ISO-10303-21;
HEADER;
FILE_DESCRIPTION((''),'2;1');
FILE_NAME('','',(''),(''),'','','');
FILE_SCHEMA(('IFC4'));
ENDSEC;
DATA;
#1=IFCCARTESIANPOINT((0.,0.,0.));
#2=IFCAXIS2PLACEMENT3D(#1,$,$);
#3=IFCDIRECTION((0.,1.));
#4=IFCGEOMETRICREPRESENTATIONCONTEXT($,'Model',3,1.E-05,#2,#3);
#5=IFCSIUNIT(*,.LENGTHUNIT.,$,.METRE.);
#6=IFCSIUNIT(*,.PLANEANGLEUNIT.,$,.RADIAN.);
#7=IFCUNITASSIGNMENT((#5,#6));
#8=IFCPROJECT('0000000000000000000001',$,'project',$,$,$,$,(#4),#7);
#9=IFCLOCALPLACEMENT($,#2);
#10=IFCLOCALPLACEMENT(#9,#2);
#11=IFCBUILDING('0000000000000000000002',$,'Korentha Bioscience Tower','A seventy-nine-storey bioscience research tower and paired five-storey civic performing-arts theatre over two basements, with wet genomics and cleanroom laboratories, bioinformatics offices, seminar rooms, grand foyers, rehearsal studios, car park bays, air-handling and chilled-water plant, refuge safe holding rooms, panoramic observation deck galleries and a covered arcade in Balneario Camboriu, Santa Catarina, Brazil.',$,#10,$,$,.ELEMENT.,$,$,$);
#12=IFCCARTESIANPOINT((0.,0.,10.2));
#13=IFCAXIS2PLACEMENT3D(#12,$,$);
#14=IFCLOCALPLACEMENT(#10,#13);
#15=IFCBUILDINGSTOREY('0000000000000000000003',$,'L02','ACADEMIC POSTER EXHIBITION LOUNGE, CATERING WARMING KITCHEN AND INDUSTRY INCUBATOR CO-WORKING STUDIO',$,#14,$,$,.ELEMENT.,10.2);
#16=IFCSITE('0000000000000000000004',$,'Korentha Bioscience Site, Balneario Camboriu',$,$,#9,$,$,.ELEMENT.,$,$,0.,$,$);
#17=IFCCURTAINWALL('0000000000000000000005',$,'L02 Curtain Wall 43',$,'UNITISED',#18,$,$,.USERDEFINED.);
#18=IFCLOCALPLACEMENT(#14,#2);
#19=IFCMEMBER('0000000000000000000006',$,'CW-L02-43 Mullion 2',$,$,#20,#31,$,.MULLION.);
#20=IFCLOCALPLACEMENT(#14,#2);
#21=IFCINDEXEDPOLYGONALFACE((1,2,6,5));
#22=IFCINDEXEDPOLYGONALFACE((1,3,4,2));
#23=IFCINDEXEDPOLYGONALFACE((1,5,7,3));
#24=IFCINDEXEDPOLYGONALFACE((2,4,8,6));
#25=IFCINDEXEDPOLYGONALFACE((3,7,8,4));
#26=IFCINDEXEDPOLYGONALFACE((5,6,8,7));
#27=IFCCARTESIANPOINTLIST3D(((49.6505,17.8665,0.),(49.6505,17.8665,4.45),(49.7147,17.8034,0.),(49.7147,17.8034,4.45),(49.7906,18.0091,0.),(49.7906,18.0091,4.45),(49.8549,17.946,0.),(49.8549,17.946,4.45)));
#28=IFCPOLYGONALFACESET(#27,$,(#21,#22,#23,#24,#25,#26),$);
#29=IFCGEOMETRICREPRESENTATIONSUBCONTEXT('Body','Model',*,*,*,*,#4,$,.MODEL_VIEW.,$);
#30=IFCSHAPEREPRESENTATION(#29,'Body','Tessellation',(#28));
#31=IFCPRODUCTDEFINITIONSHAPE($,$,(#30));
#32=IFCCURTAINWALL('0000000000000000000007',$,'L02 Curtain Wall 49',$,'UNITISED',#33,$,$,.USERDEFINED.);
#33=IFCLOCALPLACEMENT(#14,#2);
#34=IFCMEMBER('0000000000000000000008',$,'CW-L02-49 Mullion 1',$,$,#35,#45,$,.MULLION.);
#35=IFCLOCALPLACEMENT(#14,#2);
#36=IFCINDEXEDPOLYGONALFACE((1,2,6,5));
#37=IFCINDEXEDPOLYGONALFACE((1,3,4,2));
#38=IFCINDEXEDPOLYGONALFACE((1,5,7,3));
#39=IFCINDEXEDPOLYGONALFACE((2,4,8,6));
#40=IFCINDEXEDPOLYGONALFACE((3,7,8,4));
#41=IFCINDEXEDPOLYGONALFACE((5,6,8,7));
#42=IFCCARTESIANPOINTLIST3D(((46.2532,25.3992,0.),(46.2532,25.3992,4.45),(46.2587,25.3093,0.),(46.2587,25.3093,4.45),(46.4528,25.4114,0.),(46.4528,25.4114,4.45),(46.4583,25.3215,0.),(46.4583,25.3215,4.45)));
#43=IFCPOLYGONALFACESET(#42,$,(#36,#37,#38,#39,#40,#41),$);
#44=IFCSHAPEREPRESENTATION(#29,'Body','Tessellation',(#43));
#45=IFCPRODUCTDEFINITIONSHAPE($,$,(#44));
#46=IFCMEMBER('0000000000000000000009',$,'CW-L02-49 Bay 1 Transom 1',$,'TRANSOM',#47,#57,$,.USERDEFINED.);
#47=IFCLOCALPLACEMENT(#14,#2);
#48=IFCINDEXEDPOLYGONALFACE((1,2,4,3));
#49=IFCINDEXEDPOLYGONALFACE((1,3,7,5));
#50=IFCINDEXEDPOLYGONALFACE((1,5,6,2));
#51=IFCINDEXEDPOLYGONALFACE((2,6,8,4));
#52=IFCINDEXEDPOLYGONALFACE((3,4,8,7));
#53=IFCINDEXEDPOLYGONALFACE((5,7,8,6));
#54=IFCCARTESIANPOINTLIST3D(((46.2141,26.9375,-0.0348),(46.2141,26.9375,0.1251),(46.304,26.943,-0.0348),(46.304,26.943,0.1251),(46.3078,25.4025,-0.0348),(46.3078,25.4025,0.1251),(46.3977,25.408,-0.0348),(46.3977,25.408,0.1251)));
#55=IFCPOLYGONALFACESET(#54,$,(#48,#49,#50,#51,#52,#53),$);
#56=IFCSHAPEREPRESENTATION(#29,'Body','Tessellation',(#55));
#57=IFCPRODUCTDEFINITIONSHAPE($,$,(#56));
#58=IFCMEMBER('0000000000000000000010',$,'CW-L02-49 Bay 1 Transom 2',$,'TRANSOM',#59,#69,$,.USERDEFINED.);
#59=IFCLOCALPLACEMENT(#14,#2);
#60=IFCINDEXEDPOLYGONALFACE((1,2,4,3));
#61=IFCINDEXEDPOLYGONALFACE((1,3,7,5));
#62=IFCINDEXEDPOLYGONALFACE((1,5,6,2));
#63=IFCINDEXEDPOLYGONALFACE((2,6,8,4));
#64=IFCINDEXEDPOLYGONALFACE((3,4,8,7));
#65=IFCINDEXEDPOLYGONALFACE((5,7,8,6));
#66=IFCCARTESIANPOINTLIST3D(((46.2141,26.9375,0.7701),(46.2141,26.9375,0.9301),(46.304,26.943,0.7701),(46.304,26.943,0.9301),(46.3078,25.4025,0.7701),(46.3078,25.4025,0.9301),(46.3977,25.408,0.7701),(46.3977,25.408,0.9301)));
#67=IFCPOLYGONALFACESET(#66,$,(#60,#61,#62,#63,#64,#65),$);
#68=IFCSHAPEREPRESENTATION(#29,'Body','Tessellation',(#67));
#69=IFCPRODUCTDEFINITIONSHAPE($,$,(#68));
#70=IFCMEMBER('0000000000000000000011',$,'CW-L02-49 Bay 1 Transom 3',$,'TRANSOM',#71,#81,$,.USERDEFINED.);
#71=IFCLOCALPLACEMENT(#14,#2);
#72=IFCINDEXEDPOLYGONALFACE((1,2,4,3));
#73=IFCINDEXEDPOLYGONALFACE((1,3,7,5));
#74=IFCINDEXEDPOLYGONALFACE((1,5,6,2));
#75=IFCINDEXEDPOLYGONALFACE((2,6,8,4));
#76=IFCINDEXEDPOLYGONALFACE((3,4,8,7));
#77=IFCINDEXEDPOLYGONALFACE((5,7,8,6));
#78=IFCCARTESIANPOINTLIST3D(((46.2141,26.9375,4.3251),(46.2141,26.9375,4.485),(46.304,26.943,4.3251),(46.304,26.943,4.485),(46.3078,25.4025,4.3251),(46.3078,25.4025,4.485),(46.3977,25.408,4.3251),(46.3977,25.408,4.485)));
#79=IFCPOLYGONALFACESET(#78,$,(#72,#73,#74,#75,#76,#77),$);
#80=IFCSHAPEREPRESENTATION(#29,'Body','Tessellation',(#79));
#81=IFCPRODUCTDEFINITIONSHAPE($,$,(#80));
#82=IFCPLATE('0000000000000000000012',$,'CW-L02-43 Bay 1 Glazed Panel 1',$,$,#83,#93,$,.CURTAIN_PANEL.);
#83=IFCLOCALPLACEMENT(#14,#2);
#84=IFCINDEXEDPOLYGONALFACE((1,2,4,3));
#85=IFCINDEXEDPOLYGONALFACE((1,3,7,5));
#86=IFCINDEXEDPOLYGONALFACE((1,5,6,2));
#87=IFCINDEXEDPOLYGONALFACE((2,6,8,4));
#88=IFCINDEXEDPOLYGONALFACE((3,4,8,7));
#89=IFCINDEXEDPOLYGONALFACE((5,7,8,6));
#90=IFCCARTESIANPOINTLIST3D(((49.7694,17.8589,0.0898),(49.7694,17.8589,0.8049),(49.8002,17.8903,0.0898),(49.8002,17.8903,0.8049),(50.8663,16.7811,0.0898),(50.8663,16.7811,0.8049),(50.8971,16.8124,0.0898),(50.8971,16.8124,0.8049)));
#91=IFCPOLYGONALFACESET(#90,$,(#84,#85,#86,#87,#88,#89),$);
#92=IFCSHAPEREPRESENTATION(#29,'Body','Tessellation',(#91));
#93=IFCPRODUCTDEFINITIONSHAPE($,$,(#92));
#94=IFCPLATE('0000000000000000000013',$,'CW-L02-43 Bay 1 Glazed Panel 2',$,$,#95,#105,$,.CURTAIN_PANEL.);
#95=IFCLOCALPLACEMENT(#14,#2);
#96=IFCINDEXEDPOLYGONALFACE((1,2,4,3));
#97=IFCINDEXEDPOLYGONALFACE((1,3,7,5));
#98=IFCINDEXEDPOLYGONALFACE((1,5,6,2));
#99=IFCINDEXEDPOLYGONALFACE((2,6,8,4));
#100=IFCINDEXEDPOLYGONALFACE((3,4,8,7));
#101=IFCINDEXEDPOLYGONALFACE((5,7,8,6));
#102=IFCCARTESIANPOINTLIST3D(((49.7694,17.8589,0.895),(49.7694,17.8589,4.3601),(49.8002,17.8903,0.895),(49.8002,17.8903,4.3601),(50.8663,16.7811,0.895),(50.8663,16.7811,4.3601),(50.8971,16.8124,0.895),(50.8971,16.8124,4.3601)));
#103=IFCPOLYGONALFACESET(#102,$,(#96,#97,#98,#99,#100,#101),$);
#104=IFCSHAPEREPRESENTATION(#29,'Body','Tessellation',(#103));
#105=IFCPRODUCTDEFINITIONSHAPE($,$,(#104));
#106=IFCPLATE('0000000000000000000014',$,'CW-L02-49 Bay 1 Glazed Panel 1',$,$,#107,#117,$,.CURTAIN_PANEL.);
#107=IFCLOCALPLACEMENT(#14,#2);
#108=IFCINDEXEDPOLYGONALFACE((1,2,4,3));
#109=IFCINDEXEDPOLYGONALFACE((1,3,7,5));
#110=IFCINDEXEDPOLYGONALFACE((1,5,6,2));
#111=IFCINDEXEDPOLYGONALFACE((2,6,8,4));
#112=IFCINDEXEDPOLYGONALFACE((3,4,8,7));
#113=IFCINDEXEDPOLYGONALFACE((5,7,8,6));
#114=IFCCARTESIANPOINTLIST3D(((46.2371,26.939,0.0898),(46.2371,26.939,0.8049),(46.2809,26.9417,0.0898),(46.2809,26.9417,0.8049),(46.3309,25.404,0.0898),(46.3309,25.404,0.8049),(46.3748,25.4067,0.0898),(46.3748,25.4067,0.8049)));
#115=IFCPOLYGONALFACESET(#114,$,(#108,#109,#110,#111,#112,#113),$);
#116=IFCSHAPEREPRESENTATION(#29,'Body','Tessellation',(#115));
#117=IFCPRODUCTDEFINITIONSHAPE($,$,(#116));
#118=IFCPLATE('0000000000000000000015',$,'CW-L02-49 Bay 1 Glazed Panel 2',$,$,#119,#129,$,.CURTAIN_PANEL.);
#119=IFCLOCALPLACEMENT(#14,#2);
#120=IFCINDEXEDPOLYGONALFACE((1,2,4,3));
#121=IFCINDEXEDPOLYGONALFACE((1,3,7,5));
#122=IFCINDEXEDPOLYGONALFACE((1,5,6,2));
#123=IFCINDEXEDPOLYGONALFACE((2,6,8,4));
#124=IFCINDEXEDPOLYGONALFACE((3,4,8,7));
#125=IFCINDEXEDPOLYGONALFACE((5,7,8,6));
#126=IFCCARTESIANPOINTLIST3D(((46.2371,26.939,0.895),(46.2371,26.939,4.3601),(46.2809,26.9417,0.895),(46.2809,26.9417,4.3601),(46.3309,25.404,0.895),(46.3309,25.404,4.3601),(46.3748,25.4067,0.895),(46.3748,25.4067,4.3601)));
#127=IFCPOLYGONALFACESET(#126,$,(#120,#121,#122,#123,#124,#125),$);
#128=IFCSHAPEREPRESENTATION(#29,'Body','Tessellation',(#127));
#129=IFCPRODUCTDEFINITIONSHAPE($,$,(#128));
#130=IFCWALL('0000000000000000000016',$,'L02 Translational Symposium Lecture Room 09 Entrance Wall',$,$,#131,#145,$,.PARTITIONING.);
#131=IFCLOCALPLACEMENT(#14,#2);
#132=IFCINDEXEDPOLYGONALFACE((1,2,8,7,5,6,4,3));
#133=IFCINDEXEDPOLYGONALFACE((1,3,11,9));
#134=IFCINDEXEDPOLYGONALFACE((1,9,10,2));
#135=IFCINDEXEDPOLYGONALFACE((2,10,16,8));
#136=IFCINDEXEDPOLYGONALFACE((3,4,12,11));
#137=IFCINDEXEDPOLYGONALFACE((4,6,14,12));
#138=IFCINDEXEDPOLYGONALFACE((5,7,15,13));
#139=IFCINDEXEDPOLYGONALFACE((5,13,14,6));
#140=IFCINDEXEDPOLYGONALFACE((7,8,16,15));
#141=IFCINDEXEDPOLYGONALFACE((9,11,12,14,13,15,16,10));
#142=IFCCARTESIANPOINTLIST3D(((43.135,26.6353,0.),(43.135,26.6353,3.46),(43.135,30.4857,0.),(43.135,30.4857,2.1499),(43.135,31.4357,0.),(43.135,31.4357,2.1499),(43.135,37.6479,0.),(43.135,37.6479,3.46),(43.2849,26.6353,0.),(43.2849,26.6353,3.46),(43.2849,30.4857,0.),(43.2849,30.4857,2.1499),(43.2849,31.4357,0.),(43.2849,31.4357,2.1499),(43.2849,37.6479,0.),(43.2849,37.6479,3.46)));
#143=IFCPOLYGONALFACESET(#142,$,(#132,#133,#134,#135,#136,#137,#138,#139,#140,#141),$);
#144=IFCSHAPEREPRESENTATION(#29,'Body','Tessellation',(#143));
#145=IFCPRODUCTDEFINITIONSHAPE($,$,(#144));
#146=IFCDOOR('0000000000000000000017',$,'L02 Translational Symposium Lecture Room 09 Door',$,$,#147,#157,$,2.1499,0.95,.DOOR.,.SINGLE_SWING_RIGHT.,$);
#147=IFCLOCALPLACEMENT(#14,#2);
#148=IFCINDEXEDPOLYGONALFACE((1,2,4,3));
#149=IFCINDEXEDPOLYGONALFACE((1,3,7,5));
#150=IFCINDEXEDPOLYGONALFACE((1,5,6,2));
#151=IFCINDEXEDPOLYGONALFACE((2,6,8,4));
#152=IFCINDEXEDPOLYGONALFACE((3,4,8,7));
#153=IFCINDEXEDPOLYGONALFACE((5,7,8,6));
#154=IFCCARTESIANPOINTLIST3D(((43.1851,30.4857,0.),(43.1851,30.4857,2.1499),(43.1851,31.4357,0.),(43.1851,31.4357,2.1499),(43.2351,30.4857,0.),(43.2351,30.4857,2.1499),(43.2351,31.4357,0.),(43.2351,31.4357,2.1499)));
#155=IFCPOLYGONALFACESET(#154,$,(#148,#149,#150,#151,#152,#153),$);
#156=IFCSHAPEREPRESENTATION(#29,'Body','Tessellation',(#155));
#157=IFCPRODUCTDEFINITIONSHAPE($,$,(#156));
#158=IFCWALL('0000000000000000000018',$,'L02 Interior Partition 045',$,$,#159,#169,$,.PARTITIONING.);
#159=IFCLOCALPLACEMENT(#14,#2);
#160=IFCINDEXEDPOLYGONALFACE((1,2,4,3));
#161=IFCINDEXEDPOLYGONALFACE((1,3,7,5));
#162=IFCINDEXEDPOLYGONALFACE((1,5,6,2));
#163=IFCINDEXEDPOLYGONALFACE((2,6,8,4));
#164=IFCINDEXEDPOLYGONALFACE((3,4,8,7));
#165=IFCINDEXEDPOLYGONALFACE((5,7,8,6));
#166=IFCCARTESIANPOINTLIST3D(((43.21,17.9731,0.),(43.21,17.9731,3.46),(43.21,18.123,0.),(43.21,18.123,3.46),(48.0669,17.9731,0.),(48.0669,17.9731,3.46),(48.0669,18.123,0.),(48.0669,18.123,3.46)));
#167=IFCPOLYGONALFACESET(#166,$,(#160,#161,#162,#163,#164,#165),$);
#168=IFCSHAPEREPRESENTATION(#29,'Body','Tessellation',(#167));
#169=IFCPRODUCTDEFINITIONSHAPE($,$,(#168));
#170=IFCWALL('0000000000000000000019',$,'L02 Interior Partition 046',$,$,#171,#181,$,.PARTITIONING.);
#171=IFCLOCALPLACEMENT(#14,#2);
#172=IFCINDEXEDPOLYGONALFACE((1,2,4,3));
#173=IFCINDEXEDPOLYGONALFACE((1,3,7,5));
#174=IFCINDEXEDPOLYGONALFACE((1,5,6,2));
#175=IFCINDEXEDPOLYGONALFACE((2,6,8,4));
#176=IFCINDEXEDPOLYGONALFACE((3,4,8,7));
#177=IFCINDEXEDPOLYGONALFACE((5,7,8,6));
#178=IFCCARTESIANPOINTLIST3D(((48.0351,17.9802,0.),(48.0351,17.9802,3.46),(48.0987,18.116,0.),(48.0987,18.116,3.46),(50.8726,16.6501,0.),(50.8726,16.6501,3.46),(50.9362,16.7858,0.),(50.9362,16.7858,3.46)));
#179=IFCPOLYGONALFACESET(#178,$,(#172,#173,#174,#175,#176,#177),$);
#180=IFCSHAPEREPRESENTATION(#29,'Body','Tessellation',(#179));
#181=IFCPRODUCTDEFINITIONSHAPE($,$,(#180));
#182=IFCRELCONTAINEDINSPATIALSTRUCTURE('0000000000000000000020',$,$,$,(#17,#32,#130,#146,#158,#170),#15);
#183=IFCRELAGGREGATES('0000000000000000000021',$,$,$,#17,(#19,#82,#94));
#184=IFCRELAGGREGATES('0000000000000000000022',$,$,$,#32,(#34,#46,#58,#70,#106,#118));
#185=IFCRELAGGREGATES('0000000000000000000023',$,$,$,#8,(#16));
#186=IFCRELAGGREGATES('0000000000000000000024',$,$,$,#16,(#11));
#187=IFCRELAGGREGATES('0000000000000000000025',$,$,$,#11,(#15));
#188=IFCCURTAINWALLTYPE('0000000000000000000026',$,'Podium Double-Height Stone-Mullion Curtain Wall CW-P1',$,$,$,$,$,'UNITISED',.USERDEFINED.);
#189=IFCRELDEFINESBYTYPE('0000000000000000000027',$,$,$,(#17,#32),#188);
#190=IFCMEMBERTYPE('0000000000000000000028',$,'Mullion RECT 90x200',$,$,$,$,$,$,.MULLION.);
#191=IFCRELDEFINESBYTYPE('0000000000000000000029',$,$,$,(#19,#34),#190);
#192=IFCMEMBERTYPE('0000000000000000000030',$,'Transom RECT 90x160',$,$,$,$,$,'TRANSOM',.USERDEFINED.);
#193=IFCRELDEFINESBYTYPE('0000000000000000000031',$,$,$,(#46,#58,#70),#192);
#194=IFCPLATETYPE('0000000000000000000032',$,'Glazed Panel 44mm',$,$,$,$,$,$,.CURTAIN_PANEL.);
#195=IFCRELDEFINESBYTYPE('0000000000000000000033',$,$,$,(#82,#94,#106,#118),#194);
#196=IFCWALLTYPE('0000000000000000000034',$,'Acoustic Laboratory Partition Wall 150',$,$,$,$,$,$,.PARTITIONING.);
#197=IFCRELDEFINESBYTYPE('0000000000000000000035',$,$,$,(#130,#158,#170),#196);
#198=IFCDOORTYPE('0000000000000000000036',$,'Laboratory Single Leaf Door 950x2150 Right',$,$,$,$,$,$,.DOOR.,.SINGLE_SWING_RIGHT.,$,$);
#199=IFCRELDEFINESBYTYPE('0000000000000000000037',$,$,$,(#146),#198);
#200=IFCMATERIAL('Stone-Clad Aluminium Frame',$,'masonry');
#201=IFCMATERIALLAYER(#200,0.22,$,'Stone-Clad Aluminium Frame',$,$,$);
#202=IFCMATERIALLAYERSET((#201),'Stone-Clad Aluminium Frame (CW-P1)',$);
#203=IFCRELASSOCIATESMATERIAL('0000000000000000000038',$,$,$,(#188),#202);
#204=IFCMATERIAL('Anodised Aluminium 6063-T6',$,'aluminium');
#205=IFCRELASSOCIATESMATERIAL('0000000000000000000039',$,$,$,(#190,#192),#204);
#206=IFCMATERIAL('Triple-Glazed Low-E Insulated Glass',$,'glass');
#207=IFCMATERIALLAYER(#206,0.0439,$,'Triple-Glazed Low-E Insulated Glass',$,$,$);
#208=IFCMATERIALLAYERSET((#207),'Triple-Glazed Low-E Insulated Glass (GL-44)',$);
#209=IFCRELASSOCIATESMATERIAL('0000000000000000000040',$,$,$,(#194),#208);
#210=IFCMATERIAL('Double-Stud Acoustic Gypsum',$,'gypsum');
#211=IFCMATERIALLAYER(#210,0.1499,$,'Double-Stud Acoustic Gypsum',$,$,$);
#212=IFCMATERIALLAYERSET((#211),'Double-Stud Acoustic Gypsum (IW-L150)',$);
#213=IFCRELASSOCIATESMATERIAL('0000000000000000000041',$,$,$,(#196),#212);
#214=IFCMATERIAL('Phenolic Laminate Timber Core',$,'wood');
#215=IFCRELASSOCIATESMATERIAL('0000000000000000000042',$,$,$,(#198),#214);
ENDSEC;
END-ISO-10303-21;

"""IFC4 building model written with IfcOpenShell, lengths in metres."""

from ifc_helpers import new_model, si_unit, direction, frame, frame_2d, origin, origin_2d, place, context, subcontext, project, spatial, rectangle, extrude, material, layer, layer_set, material_profile, profile_set, type_object, element, fill, aggregate, save


model = new_model("IFC4")

# Units and contexts
model_context = context("Model", 3, precision=1e-05, world=origin(), true_north=direction((0.0, 1.0)))
body_context = subcontext(model_context, "Body", "Model", "MODEL_VIEW")
ifc_project = project(units=[si_unit("LENGTHUNIT", "METRE"), si_unit("PLANEANGLEUNIT", "RADIAN")], contexts=[model_context])

# Site, building, storey
site_placement = place(None, origin())
site = spatial("IfcSite", under=ifc_project, at=site_placement, Name="Korentha Bioscience Site, Balneario Camboriu", CompositionType="ELEMENT", RefElevation=0.0)
building_placement = place(site_placement, origin())
building = spatial("IfcBuilding", under=site, at=building_placement, Name="Korentha Bioscience Tower", Description="A seventy-nine-storey bioscience research tower and paired five-storey civic performing-arts theatre over two basements, with wet genomics and cleanroom laboratories, bioinformatics offices, seminar rooms, grand foyers, rehearsal studios, car park bays, air-handling and chilled-water plant, refuge safe holding rooms, panoramic observation deck galleries and a covered arcade in Balneario Camboriu, Santa Catarina, Brazil.", CompositionType="ELEMENT")
storey_placement = place(building_placement, frame((0.0, 0.0, 10.2)))
storey = spatial("IfcBuildingStorey", under=building, at=storey_placement, Name="L02", Description="ACADEMIC POSTER EXHIBITION LOUNGE, CATERING WARMING KITCHEN AND INDUSTRY INCUBATOR CO-WORKING STUDIO", CompositionType="ELEMENT", Elevation=10.2)

# Curtain wall, member
ifc_material_1 = material(Name="Stone-Clad Aluminium Frame", Category="masonry")
ifc_layer_1 = layer(ifc_material_1, 0.22, Name="Stone-Clad Aluminium Frame")
ifc_layer_set_1 = layer_set([ifc_layer_1], Name="Stone-Clad Aluminium Frame (CW-P1)")
curtain_wall_type = type_object("IfcCurtainWallType", Name="Podium Double-Height Stone-Mullion Curtain Wall CW-P1", ElementType="UNITISED", PredefinedType="USERDEFINED", material=ifc_layer_set_1)
curtain_wall_1_placement = place(storey_placement, origin())
curtain_wall_1 = element("IfcCurtainWall", 1, at=curtain_wall_1_placement, inside=storey, type_object=curtain_wall_type, Name="L02 Curtain Wall 43", ObjectType="UNITISED", PredefinedType="USERDEFINED")
ifc_material_2 = material(Name="Anodised Aluminium 6063-T6", Category="aluminium")
ifc_material_profile_1 = material_profile(ifc_material_2, rectangle(XDim=0.0901, YDim=0.2, at=origin_2d()), Name="Anodised Aluminium 6063-T6")
ifc_profile_set_1 = profile_set([ifc_material_profile_1], Name="Anodised Aluminium 6063-T6 (CW-MUL)")
member_type_1 = type_object("IfcMemberType", Name="Mullion RECT 90x200", PredefinedType="MULLION", material=ifc_profile_set_1)
member_1_placement = place(storey_placement, frame((49.7527, 17.9062, 0.0), z_axis=(0.0, 0.0, 1.0), x_axis=(-0.713279, 0.70088, 0.0)))
member_1 = element("IfcMember", 2, at=member_1_placement, type_object=member_type_1, Name="CW-L02-43 Mullion 2", PredefinedType="MULLION", context=body_context, shape_type="SweptSolid", body=[
    extrude(rectangle(XDim=0.0901, YDim=0.2, at=origin_2d()), origin(), (0.0, 0.0, 1.0), 4.45),
])

# Curtain wall, members
curtain_wall_2_placement = place(storey_placement, origin())
curtain_wall_2 = element("IfcCurtainWall", 3, at=curtain_wall_2_placement, inside=storey, type_object=curtain_wall_type, Name="L02 Curtain Wall 49", ObjectType="UNITISED", PredefinedType="USERDEFINED")
member_2_placement = place(storey_placement, frame((46.3557, 25.3604, 0.0), z_axis=(0.0, 0.0, 1.0), x_axis=(-0.061008, 0.998137, 0.0)))
member_2 = element("IfcMember", 4, at=member_2_placement, type_object=member_type_1, Name="CW-L02-49 Mullion 1", PredefinedType="MULLION", context=body_context, shape_type="SweptSolid", body=[
    extrude(rectangle(XDim=0.0901, YDim=0.2, at=origin_2d()), origin(), (0.0, 0.0, 1.0), 4.45),
])
ifc_material_profile_2 = material_profile(ifc_material_2, rectangle(XDim=0.0901, YDim=0.1599, at=origin_2d()), Name="Anodised Aluminium 6063-T6")
ifc_profile_set_2 = profile_set([ifc_material_profile_2], Name="Anodised Aluminium 6063-T6 (CW-TRN)")
member_type_2 = type_object("IfcMemberType", Name="Transom RECT 90x160", ElementType="TRANSOM", PredefinedType="USERDEFINED", material=ifc_profile_set_2)
member_3_placement = place(storey_placement, frame((46.3528, 25.4053, 0.0452), z_axis=(-0.060965, 0.99814, 0.0), x_axis=(-0.99814, -0.060965, 0.0)))
member_3 = element("IfcMember", 5, at=member_3_placement, type_object=member_type_2, Name="CW-L02-49 Bay 1 Transom 1", ObjectType="TRANSOM", PredefinedType="USERDEFINED", context=body_context, shape_type="SweptSolid", body=[
    extrude(rectangle(XDim=0.0901, YDim=0.1599, at=origin_2d()), origin(), (0.0, 0.0, 1.0), 1.5378),
])
member_4_placement = place(storey_placement, frame((46.3528, 25.4053, 0.8501), z_axis=(-0.060965, 0.99814, 0.0), x_axis=(-0.99814, -0.060965, 0.0)))
member_4 = element("IfcMember", 6, at=member_4_placement, type_object=member_type_2, Name="CW-L02-49 Bay 1 Transom 2", ObjectType="TRANSOM", PredefinedType="USERDEFINED", context=body_context, shape_type="SweptSolid", body=[
    extrude(rectangle(XDim=0.0901, YDim=0.1599, at=origin_2d()), origin(), (0.0, 0.0, 1.0), 1.5378),
])
member_5_placement = place(storey_placement, frame((46.3528, 25.4053, 4.405), z_axis=(-0.060965, 0.99814, 0.0), x_axis=(-0.99814, -0.060965, 0.0)))
member_5 = element("IfcMember", 7, at=member_5_placement, type_object=member_type_2, Name="CW-L02-49 Bay 1 Transom 3", ObjectType="TRANSOM", PredefinedType="USERDEFINED", context=body_context, shape_type="SweptSolid", body=[
    extrude(rectangle(XDim=0.0901, YDim=0.1599, at=origin_2d()), origin(), (0.0, 0.0, 1.0), 1.5378),
])

# Plates
ifc_material_3 = material(Name="Triple-Glazed Low-E Insulated Glass", Category="glass")
ifc_layer_2 = layer(ifc_material_3, 0.0439, Name="Triple-Glazed Low-E Insulated Glass")
ifc_layer_set_2 = layer_set([ifc_layer_2], Name="Triple-Glazed Low-E Insulated Glass (GL-44)")
plate_type = type_object("IfcPlateType", Name="Glazed Panel 44mm", PredefinedType="CURTAIN_PANEL", material=ifc_layer_set_2)
plate_1_placement = place(storey_placement, frame((50.3333, 17.3357, 0.0898), z_axis=(0.0, 0.0, 1.0), x_axis=(-0.713279, 0.70088, 0.0)))
plate_1 = element("IfcPlate", 8, at=plate_1_placement, type_object=plate_type, Name="CW-L02-43 Bay 1 Glazed Panel 1", PredefinedType="CURTAIN_PANEL", context=body_context, shape_type="SweptSolid", body=[
    extrude(rectangle(XDim=1.5378, YDim=0.0439, at=origin_2d()), origin(), (0.0, 0.0, 1.0), 0.7151),
])
plate_2_placement = place(storey_placement, frame((50.3333, 17.3357, 0.895), z_axis=(0.0, 0.0, 1.0), x_axis=(-0.713279, 0.70088, 0.0)))
plate_2 = element("IfcPlate", 9, at=plate_2_placement, type_object=plate_type, Name="CW-L02-43 Bay 1 Glazed Panel 2", PredefinedType="CURTAIN_PANEL", context=body_context, shape_type="SweptSolid", body=[
    extrude(rectangle(XDim=1.5378, YDim=0.0439, at=origin_2d()), origin(), (0.0, 0.0, 1.0), 3.4651),
])
aggregate(curtain_wall_1, [member_1, plate_1, plate_2])
plate_3_placement = place(storey_placement, frame((46.3059, 26.1729, 0.0898), z_axis=(0.0, 0.0, 1.0), x_axis=(-0.061008, 0.998137, 0.0)))
plate_3 = element("IfcPlate", 10, at=plate_3_placement, type_object=plate_type, Name="CW-L02-49 Bay 1 Glazed Panel 1", PredefinedType="CURTAIN_PANEL", context=body_context, shape_type="SweptSolid", body=[
    extrude(rectangle(XDim=1.5378, YDim=0.0439, at=origin_2d()), origin(), (0.0, 0.0, 1.0), 0.7151),
])
plate_4_placement = place(storey_placement, frame((46.3059, 26.1729, 0.895), z_axis=(0.0, 0.0, 1.0), x_axis=(-0.061008, 0.998137, 0.0)))
plate_4 = element("IfcPlate", 11, at=plate_4_placement, type_object=plate_type, Name="CW-L02-49 Bay 1 Glazed Panel 2", PredefinedType="CURTAIN_PANEL", context=body_context, shape_type="SweptSolid", body=[
    extrude(rectangle(XDim=1.5378, YDim=0.0439, at=origin_2d()), origin(), (0.0, 0.0, 1.0), 3.4651),
])
aggregate(curtain_wall_2, [member_2, member_3, member_4, member_5, plate_3, plate_4])

# Wall, opening, door
ifc_material_4 = material(Name="Double-Stud Acoustic Gypsum", Category="gypsum")
ifc_layer_3 = layer(ifc_material_4, 0.1499, Name="Double-Stud Acoustic Gypsum")
ifc_layer_set_3 = layer_set([ifc_layer_3], Name="Double-Stud Acoustic Gypsum (IW-L150)")
wall_type_1 = type_object("IfcWallType", Name="Acoustic Laboratory Partition Wall 150", PredefinedType="PARTITIONING", material=ifc_layer_set_3)
wall_1_placement = place(storey_placement, frame((43.21, 26.6353, 0.0), z_axis=(0.0, 0.0, 1.0), x_axis=(0.0, 1.0, 0.0)))
wall_1 = element("IfcWall", 12, at=wall_1_placement, inside=storey, type_object=wall_type_1, Name="L02 Translational Symposium Lecture Room 09 Entrance Wall", PredefinedType="PARTITIONING", context=body_context, shape_type="SweptSolid", body=[
    extrude(rectangle(XDim=11.0127, YDim=0.1499, at=frame_2d((5.5063, 0.0))), origin(), (0.0, 0.0, 1.0), 3.46),
])
opening_1_placement = place(wall_1_placement, frame((3.8503, 0.0, 0.0)))
opening_1 = element("IfcOpeningElement", 13, at=opening_1_placement, cuts=wall_1, PredefinedType="OPENING", context=body_context, shape_type="SweptSolid", body=[
    extrude(rectangle(XDim=0.95, YDim=2.1499, at=frame_2d((0.4751, 1.075))), frame((0.0, 0.0898, 0.0), z_axis=(0.0, -1.0, 0.0), x_axis=(1.0, 0.0, 0.0)), (0.0, 0.0, 1.0), 0.1797),
])
ifc_material_5 = material(Name="Phenolic Laminate Timber Core", Category="wood")
door_type_1 = type_object("IfcDoorType", Name="Laboratory Single Leaf Door 950x2150 Right", OperationType="SINGLE_SWING_RIGHT", PredefinedType="DOOR", material=ifc_material_5)
door_1_placement = place(opening_1_placement, origin())
door_1 = element("IfcDoor", 14, at=door_1_placement, inside=storey, type_object=door_type_1, Name="L02 Translational Symposium Lecture Room 09 Door", OperationType="SINGLE_SWING_RIGHT", OverallHeight=2.1499, OverallWidth=0.95, PredefinedType="DOOR", context=body_context, shape_type="SweptSolid", body=[
    extrude(rectangle(XDim=0.95, YDim=2.1499, at=frame_2d((0.4751, 1.075))), frame((0.0, 0.0249, 0.0), z_axis=(0.0, -1.0, 0.0), x_axis=(1.0, 0.0, 0.0)), (0.0, 0.0, 1.0), 0.05),
])
fill(opening_1, door_1)

# Walls
wall_2_placement = place(storey_placement, frame((43.21, 18.0481, 0.0), z_axis=(0.0, 0.0, 1.0), x_axis=(1.0, 0.0, 0.0)))
element("IfcWall", 15, at=wall_2_placement, inside=storey, type_object=wall_type_1, Name="L02 Interior Partition 045", PredefinedType="PARTITIONING", context=body_context, shape_type="SweptSolid", body=[
    extrude(rectangle(XDim=4.8569, YDim=0.1499, at=frame_2d((2.4285, 0.0))), origin(), (0.0, 0.0, 1.0), 3.46),
])
wall_3_placement = place(storey_placement, frame((48.0669, 18.0481, 0.0), z_axis=(0.0, 0.0, 1.0), x_axis=(0.905453, -0.424446, 0.0)))
element("IfcWall", 16, at=wall_3_placement, inside=storey, type_object=wall_type_1, Name="L02 Interior Partition 046", PredefinedType="PARTITIONING", context=body_context, shape_type="SweptSolid", body=[
    extrude(rectangle(XDim=3.1338, YDim=0.1499, at=frame_2d((1.5669, 0.0))), origin(), (0.0, 0.0, 1.0), 3.46),
])

save(model, "model.ifc")
